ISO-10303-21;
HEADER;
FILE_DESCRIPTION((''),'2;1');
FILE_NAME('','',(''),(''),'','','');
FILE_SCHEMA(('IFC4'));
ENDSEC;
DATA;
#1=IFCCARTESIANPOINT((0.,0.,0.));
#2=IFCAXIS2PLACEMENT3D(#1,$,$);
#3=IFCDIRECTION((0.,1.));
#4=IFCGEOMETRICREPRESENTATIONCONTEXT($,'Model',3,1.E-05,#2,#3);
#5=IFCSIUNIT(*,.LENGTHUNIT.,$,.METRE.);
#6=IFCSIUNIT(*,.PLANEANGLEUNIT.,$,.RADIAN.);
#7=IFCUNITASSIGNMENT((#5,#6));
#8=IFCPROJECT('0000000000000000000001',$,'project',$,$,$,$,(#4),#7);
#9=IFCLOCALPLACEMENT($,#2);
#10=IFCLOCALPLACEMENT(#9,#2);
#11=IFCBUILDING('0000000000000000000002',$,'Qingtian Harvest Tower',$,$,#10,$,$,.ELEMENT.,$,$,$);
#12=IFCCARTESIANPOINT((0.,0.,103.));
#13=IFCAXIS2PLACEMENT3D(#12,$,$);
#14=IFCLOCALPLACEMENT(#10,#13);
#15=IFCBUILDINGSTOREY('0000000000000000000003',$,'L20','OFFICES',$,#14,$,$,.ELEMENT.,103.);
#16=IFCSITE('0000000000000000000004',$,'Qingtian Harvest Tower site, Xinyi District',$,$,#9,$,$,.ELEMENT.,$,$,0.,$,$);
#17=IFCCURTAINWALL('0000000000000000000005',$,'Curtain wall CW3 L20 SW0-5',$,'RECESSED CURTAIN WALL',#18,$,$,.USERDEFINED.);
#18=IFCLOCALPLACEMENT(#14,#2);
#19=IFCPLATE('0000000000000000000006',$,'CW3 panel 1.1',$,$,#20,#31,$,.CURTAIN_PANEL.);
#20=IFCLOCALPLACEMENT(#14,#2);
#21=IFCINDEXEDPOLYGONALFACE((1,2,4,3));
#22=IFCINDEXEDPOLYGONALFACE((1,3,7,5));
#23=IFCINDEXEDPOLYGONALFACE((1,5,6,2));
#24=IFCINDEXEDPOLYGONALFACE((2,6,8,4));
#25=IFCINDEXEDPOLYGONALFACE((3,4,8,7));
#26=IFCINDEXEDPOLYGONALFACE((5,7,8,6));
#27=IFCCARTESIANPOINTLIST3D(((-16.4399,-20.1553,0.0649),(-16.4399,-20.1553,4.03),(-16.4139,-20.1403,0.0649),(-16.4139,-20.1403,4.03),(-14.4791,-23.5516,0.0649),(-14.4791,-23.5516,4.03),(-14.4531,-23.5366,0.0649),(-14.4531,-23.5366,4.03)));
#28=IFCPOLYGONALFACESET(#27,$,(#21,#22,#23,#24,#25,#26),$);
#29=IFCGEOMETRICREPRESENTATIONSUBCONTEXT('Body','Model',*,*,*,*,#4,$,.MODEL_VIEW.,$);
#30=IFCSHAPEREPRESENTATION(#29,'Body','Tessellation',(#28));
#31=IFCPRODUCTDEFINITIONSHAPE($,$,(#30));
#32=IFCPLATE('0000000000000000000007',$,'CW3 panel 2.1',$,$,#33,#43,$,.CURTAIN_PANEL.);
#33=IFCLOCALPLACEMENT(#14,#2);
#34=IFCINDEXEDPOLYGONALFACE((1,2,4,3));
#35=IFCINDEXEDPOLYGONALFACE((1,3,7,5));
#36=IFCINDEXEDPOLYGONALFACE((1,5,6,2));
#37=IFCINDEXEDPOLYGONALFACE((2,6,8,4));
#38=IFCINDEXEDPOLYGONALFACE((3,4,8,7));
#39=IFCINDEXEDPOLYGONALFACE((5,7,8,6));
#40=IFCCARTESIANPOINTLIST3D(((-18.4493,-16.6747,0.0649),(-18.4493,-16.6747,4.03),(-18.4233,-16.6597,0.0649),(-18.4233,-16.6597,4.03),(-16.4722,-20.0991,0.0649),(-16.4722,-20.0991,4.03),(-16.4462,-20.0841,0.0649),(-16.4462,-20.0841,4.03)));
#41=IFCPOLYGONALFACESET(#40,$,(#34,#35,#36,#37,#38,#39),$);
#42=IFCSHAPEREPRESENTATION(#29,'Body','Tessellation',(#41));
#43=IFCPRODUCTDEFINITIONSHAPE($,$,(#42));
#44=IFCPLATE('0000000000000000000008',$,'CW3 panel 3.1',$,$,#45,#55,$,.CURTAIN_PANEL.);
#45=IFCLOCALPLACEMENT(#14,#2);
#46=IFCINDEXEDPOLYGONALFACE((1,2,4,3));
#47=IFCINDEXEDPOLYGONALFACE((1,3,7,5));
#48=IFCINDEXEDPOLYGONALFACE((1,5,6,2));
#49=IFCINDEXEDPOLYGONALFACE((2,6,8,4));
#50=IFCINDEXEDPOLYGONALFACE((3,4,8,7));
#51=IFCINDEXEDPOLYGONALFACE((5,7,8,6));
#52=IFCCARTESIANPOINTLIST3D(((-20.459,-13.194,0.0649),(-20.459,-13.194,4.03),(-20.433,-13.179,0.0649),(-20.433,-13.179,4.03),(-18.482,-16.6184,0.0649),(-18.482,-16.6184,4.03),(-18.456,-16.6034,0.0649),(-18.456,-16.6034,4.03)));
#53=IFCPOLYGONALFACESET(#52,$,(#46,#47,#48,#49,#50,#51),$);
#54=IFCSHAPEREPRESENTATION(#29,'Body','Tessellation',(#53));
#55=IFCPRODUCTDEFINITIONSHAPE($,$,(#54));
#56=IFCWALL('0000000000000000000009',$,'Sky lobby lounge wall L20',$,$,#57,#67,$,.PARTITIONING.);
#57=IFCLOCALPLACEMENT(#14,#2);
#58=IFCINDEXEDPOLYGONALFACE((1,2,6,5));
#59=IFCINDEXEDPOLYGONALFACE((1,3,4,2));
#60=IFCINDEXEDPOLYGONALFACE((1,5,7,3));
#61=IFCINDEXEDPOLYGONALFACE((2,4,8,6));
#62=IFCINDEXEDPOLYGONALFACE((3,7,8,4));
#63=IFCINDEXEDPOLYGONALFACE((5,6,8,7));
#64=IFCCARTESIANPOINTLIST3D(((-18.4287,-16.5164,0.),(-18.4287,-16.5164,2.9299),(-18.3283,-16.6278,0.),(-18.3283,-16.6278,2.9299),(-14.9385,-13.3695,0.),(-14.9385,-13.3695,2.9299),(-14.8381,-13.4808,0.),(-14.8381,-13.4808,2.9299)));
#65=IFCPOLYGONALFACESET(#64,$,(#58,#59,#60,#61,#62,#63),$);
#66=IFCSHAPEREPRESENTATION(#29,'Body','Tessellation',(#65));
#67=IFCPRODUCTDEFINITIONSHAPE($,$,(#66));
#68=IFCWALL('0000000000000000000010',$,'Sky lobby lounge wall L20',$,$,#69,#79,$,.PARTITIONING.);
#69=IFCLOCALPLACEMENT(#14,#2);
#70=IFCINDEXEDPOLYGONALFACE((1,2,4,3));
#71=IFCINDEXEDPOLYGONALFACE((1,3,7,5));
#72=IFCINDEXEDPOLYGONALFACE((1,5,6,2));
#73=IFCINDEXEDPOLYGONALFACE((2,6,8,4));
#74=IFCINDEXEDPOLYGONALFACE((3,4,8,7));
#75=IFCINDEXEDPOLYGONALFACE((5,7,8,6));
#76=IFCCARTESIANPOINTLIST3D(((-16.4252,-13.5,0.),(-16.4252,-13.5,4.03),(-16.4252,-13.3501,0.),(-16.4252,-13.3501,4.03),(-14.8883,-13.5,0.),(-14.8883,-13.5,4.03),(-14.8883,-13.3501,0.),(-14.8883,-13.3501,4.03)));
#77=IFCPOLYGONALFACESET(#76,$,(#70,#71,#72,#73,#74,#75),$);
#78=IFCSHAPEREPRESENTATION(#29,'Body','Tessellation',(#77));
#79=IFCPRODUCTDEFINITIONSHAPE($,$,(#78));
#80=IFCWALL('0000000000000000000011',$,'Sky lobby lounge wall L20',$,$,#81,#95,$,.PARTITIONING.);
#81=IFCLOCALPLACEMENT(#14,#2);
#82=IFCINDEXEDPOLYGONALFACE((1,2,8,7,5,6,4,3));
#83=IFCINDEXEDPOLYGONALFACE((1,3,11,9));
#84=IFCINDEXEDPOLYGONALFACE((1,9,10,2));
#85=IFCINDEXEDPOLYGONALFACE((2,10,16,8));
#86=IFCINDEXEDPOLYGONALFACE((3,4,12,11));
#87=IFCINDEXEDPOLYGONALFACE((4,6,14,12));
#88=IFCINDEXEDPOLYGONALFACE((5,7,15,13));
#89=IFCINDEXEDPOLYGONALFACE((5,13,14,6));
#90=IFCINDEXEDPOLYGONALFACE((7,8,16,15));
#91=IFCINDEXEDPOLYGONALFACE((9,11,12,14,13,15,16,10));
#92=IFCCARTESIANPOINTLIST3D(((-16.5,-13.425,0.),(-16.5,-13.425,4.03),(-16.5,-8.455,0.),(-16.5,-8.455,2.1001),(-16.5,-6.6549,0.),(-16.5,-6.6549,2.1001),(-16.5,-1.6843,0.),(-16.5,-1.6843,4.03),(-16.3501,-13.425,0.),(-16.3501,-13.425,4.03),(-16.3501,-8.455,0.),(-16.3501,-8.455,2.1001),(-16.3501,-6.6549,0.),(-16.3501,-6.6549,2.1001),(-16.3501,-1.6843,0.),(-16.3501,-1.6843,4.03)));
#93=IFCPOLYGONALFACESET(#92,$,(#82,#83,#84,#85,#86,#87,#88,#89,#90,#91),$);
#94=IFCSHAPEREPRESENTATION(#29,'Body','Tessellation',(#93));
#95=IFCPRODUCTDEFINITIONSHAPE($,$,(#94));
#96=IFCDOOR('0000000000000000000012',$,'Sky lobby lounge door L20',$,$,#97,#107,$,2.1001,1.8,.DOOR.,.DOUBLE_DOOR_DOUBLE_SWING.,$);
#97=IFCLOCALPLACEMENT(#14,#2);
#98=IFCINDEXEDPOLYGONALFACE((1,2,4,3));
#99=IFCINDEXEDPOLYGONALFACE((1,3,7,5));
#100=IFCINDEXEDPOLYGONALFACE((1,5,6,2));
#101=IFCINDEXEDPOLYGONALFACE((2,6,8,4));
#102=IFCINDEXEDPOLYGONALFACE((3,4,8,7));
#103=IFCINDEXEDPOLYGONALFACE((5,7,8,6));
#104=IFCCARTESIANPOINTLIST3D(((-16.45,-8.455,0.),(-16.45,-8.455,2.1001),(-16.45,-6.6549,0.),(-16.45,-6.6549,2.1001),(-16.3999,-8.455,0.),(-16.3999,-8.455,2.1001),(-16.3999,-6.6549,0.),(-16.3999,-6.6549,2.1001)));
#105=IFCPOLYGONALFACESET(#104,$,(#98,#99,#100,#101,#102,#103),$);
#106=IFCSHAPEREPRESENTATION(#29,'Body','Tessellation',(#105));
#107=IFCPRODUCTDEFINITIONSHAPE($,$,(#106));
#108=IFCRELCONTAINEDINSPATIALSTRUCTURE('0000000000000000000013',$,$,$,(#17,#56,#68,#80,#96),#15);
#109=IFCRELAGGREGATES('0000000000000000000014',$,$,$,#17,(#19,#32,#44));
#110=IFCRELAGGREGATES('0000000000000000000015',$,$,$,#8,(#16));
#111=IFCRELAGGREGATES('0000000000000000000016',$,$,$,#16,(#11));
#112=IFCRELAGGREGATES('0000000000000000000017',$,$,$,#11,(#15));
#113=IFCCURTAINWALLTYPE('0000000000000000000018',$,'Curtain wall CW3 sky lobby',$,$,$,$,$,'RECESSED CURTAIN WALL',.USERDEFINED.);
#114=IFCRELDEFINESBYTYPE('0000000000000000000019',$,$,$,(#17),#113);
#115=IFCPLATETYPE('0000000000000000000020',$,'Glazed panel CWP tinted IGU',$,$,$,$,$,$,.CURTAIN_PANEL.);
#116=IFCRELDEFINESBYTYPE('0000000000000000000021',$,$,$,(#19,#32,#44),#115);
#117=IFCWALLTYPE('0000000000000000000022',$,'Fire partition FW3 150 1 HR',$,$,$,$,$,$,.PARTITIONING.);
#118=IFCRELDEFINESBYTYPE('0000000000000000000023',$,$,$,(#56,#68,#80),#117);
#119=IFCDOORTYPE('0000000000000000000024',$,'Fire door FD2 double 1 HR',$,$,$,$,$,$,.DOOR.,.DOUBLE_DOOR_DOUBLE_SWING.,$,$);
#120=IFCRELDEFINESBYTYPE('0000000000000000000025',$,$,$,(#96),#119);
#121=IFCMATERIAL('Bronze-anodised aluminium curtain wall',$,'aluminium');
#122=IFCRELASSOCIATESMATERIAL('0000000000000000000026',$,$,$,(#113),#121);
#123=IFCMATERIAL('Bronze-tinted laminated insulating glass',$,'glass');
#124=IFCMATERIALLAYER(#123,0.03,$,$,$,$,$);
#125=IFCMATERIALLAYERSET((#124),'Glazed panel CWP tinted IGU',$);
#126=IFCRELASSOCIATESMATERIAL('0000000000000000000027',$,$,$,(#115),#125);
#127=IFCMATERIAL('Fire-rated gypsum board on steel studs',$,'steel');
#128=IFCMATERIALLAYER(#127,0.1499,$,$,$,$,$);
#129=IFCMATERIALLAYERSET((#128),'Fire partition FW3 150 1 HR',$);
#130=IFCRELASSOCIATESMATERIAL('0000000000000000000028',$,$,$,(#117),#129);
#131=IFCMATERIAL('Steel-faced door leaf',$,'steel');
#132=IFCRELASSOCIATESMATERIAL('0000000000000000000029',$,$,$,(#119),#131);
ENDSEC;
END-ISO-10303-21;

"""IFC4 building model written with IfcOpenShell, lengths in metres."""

from ifc_helpers import new_model, si_unit, direction, frame, frame_2d, origin, origin_2d, place, context, subcontext, project, spatial, rectangle, extrude, material, layer, layer_set, type_object, element, fill, aggregate, save


model = new_model("IFC4")

# Units and contexts
model_context = context("Model", 3, precision=1e-05, world=origin(), true_north=direction((0.0, 1.0)))
body_context = subcontext(model_context, "Body", "Model", "MODEL_VIEW")
ifc_project = project(units=[si_unit("LENGTHUNIT", "METRE"), si_unit("PLANEANGLEUNIT", "RADIAN")], contexts=[model_context])

# Site, building, storey
site_placement = place(None, origin())
site = spatial("IfcSite", under=ifc_project, at=site_placement, Name="Qingtian Harvest Tower site, Xinyi District", CompositionType="ELEMENT", RefElevation=0.0)
building_placement = place(site_placement, origin())
building = spatial("IfcBuilding", under=site, at=building_placement, Name="Qingtian Harvest Tower", CompositionType="ELEMENT")
storey_placement = place(building_placement, frame((0.0, 0.0, 103.0)))
storey = spatial("IfcBuildingStorey", under=building, at=storey_placement, Name="L20", Description="OFFICES", CompositionType="ELEMENT", Elevation=103.0)

# Shared definitions
ifc_material_1 = material(Name="Bronze-anodised aluminium curtain wall", Category="aluminium")
curtain_wall_type = type_object("IfcCurtainWallType", Name="Curtain wall CW3 sky lobby", ElementType="RECESSED CURTAIN WALL", PredefinedType="USERDEFINED", material=ifc_material_1)

# Curtain wall
curtain_wall_1_placement = place(storey_placement, origin())
curtain_wall_1 = element("IfcCurtainWall", 1, at=curtain_wall_1_placement, inside=storey, type_object=curtain_wall_type, Name="Curtain wall CW3 L20 SW0-5", ObjectType="RECESSED CURTAIN WALL", PredefinedType="USERDEFINED")

# Plates
ifc_material_2 = material(Name="Bronze-tinted laminated insulating glass", Category="glass")
ifc_layer_1 = layer(ifc_material_2, 0.03)
ifc_layer_set_1 = layer_set([ifc_layer_1], Name="Glazed panel CWP tinted IGU")
plate_type = type_object("IfcPlateType", Name="Glazed panel CWP tinted IGU", PredefinedType="CURTAIN_PANEL", material=ifc_layer_set_1)
plate_1_placement = place(storey_placement, frame((-15.4465, -21.8459, 0.0649), z_axis=(0.0, 0.0, 1.0), x_axis=(-0.5, 0.866025, 0.0)))
plate_1 = element("IfcPlate", 2, at=plate_1_placement, type_object=plate_type, Name="CW3 panel 1.1", PredefinedType="CURTAIN_PANEL", context=body_context, shape_type="SweptSolid", body=[
    extrude(rectangle(XDim=3.9216, YDim=0.03, at=origin_2d()), origin(), (0.0, 0.0, 1.0), 3.9651),
])
plate_2_placement = place(storey_placement, frame((-17.4478, -18.3794, 0.0649), z_axis=(0.0, 0.0, 1.0), x_axis=(-0.5, 0.866025, 0.0)))
plate_2 = element("IfcPlate", 3, at=plate_2_placement, type_object=plate_type, Name="CW3 panel 2.1", PredefinedType="CURTAIN_PANEL", context=body_context, shape_type="SweptSolid", body=[
    extrude(rectangle(XDim=3.9541, YDim=0.03, at=origin_2d()), origin(), (0.0, 0.0, 1.0), 3.9651),
])
plate_3_placement = place(storey_placement, frame((-19.4575, -14.8987, 0.0649), z_axis=(0.0, 0.0, 1.0), x_axis=(-0.5, 0.866025, 0.0)))
plate_3 = element("IfcPlate", 4, at=plate_3_placement, type_object=plate_type, Name="CW3 panel 3.1", PredefinedType="CURTAIN_PANEL", context=body_context, shape_type="SweptSolid", body=[
    extrude(rectangle(XDim=3.9541, YDim=0.03, at=origin_2d()), origin(), (0.0, 0.0, 1.0), 3.9651),
])
aggregate(curtain_wall_1, [plate_1, plate_2, plate_3])

# Walls
ifc_material_3 = material(Name="Fire-rated gypsum board on steel studs", Category="steel")
ifc_layer_2 = layer(ifc_material_3, 0.1499)
ifc_layer_set_2 = layer_set([ifc_layer_2], Name="Fire partition FW3 150 1 HR")
wall_type = type_object("IfcWallType", Name="Fire partition FW3 150 1 HR", PredefinedType="PARTITIONING", material=ifc_layer_set_2)
wall_1_placement = place(storey_placement, frame((-18.3784, -16.572, 0.0), z_axis=(0.0, 0.0, 1.0), x_axis=(0.742684, 0.669642, 0.0)))
element("IfcWall", 5, at=wall_1_placement, inside=storey, type_object=wall_type, Name="Sky lobby lounge wall L20", PredefinedType="PARTITIONING", context=body_context, shape_type="SweptSolid", body=[
    extrude(rectangle(XDim=4.6995, YDim=0.1499, at=frame_2d((2.3496, 0.0))), origin(), (0.0, 0.0, 1.0), 2.9299),
])
wall_2_placement = place(storey_placement, frame((-14.8882, -13.425, 0.0), z_axis=(0.0, 0.0, 1.0), x_axis=(-1.0, 0.0, 0.0)))
element("IfcWall", 6, at=wall_2_placement, inside=storey, type_object=wall_type, Name="Sky lobby lounge wall L20", PredefinedType="PARTITIONING", context=body_context, shape_type="SweptSolid", body=[
    extrude(rectangle(XDim=1.5369, YDim=0.1499, at=frame_2d((0.7686, 0.0))), origin(), (0.0, 0.0, 1.0), 4.03),
])

# Wall, opening, door
wall_3_placement = place(storey_placement, frame((-16.425, -13.425, 0.0), z_axis=(0.0, 0.0, 1.0), x_axis=(0.0, 1.0, 0.0)))
wall_3 = element("IfcWall", 7, at=wall_3_placement, inside=storey, type_object=wall_type, Name="Sky lobby lounge wall L20", PredefinedType="PARTITIONING", context=body_context, shape_type="SweptSolid", body=[
    extrude(rectangle(XDim=11.7407, YDim=0.1499, at=frame_2d((5.8704, 0.0))), origin(), (0.0, 0.0, 1.0), 4.03),
])
opening_placement = place(wall_3_placement, frame((4.9702, 0.0, 0.0)))
opening = element("IfcOpeningElement", 8, at=opening_placement, cuts=wall_3, PredefinedType="OPENING", context=body_context, shape_type="SweptSolid", body=[
    extrude(rectangle(XDim=1.8, YDim=2.1001, at=frame_2d((0.8999, 1.05))), frame((0.0, 0.085, 0.0), z_axis=(0.0, -1.0, 0.0), x_axis=(1.0, 0.0, 0.0)), (0.0, 0.0, 1.0), 0.1699),
])
ifc_material_4 = material(Name="Steel-faced door leaf", Category="steel")
door_type = type_object("IfcDoorType", Name="Fire door FD2 double 1 HR", OperationType="DOUBLE_DOOR_DOUBLE_SWING", PredefinedType="DOOR", material=ifc_material_4)
door_placement = place(opening_placement, origin())
door = element("IfcDoor", 9, at=door_placement, inside=storey, type_object=door_type, Name="Sky lobby lounge door L20", OperationType="DOUBLE_DOOR_DOUBLE_SWING", OverallHeight=2.1001, OverallWidth=1.8, PredefinedType="DOOR", context=body_context, shape_type="SweptSolid", body=[
    extrude(rectangle(XDim=1.8, YDim=2.1001, at=frame_2d((0.8999, 1.05))), frame((0.0, 0.0249, 0.0), z_axis=(0.0, -1.0, 0.0), x_axis=(1.0, 0.0, 0.0)), (0.0, 0.0, 1.0), 0.05),
])
fill(opening, door)

save(model, "model.ifc")
